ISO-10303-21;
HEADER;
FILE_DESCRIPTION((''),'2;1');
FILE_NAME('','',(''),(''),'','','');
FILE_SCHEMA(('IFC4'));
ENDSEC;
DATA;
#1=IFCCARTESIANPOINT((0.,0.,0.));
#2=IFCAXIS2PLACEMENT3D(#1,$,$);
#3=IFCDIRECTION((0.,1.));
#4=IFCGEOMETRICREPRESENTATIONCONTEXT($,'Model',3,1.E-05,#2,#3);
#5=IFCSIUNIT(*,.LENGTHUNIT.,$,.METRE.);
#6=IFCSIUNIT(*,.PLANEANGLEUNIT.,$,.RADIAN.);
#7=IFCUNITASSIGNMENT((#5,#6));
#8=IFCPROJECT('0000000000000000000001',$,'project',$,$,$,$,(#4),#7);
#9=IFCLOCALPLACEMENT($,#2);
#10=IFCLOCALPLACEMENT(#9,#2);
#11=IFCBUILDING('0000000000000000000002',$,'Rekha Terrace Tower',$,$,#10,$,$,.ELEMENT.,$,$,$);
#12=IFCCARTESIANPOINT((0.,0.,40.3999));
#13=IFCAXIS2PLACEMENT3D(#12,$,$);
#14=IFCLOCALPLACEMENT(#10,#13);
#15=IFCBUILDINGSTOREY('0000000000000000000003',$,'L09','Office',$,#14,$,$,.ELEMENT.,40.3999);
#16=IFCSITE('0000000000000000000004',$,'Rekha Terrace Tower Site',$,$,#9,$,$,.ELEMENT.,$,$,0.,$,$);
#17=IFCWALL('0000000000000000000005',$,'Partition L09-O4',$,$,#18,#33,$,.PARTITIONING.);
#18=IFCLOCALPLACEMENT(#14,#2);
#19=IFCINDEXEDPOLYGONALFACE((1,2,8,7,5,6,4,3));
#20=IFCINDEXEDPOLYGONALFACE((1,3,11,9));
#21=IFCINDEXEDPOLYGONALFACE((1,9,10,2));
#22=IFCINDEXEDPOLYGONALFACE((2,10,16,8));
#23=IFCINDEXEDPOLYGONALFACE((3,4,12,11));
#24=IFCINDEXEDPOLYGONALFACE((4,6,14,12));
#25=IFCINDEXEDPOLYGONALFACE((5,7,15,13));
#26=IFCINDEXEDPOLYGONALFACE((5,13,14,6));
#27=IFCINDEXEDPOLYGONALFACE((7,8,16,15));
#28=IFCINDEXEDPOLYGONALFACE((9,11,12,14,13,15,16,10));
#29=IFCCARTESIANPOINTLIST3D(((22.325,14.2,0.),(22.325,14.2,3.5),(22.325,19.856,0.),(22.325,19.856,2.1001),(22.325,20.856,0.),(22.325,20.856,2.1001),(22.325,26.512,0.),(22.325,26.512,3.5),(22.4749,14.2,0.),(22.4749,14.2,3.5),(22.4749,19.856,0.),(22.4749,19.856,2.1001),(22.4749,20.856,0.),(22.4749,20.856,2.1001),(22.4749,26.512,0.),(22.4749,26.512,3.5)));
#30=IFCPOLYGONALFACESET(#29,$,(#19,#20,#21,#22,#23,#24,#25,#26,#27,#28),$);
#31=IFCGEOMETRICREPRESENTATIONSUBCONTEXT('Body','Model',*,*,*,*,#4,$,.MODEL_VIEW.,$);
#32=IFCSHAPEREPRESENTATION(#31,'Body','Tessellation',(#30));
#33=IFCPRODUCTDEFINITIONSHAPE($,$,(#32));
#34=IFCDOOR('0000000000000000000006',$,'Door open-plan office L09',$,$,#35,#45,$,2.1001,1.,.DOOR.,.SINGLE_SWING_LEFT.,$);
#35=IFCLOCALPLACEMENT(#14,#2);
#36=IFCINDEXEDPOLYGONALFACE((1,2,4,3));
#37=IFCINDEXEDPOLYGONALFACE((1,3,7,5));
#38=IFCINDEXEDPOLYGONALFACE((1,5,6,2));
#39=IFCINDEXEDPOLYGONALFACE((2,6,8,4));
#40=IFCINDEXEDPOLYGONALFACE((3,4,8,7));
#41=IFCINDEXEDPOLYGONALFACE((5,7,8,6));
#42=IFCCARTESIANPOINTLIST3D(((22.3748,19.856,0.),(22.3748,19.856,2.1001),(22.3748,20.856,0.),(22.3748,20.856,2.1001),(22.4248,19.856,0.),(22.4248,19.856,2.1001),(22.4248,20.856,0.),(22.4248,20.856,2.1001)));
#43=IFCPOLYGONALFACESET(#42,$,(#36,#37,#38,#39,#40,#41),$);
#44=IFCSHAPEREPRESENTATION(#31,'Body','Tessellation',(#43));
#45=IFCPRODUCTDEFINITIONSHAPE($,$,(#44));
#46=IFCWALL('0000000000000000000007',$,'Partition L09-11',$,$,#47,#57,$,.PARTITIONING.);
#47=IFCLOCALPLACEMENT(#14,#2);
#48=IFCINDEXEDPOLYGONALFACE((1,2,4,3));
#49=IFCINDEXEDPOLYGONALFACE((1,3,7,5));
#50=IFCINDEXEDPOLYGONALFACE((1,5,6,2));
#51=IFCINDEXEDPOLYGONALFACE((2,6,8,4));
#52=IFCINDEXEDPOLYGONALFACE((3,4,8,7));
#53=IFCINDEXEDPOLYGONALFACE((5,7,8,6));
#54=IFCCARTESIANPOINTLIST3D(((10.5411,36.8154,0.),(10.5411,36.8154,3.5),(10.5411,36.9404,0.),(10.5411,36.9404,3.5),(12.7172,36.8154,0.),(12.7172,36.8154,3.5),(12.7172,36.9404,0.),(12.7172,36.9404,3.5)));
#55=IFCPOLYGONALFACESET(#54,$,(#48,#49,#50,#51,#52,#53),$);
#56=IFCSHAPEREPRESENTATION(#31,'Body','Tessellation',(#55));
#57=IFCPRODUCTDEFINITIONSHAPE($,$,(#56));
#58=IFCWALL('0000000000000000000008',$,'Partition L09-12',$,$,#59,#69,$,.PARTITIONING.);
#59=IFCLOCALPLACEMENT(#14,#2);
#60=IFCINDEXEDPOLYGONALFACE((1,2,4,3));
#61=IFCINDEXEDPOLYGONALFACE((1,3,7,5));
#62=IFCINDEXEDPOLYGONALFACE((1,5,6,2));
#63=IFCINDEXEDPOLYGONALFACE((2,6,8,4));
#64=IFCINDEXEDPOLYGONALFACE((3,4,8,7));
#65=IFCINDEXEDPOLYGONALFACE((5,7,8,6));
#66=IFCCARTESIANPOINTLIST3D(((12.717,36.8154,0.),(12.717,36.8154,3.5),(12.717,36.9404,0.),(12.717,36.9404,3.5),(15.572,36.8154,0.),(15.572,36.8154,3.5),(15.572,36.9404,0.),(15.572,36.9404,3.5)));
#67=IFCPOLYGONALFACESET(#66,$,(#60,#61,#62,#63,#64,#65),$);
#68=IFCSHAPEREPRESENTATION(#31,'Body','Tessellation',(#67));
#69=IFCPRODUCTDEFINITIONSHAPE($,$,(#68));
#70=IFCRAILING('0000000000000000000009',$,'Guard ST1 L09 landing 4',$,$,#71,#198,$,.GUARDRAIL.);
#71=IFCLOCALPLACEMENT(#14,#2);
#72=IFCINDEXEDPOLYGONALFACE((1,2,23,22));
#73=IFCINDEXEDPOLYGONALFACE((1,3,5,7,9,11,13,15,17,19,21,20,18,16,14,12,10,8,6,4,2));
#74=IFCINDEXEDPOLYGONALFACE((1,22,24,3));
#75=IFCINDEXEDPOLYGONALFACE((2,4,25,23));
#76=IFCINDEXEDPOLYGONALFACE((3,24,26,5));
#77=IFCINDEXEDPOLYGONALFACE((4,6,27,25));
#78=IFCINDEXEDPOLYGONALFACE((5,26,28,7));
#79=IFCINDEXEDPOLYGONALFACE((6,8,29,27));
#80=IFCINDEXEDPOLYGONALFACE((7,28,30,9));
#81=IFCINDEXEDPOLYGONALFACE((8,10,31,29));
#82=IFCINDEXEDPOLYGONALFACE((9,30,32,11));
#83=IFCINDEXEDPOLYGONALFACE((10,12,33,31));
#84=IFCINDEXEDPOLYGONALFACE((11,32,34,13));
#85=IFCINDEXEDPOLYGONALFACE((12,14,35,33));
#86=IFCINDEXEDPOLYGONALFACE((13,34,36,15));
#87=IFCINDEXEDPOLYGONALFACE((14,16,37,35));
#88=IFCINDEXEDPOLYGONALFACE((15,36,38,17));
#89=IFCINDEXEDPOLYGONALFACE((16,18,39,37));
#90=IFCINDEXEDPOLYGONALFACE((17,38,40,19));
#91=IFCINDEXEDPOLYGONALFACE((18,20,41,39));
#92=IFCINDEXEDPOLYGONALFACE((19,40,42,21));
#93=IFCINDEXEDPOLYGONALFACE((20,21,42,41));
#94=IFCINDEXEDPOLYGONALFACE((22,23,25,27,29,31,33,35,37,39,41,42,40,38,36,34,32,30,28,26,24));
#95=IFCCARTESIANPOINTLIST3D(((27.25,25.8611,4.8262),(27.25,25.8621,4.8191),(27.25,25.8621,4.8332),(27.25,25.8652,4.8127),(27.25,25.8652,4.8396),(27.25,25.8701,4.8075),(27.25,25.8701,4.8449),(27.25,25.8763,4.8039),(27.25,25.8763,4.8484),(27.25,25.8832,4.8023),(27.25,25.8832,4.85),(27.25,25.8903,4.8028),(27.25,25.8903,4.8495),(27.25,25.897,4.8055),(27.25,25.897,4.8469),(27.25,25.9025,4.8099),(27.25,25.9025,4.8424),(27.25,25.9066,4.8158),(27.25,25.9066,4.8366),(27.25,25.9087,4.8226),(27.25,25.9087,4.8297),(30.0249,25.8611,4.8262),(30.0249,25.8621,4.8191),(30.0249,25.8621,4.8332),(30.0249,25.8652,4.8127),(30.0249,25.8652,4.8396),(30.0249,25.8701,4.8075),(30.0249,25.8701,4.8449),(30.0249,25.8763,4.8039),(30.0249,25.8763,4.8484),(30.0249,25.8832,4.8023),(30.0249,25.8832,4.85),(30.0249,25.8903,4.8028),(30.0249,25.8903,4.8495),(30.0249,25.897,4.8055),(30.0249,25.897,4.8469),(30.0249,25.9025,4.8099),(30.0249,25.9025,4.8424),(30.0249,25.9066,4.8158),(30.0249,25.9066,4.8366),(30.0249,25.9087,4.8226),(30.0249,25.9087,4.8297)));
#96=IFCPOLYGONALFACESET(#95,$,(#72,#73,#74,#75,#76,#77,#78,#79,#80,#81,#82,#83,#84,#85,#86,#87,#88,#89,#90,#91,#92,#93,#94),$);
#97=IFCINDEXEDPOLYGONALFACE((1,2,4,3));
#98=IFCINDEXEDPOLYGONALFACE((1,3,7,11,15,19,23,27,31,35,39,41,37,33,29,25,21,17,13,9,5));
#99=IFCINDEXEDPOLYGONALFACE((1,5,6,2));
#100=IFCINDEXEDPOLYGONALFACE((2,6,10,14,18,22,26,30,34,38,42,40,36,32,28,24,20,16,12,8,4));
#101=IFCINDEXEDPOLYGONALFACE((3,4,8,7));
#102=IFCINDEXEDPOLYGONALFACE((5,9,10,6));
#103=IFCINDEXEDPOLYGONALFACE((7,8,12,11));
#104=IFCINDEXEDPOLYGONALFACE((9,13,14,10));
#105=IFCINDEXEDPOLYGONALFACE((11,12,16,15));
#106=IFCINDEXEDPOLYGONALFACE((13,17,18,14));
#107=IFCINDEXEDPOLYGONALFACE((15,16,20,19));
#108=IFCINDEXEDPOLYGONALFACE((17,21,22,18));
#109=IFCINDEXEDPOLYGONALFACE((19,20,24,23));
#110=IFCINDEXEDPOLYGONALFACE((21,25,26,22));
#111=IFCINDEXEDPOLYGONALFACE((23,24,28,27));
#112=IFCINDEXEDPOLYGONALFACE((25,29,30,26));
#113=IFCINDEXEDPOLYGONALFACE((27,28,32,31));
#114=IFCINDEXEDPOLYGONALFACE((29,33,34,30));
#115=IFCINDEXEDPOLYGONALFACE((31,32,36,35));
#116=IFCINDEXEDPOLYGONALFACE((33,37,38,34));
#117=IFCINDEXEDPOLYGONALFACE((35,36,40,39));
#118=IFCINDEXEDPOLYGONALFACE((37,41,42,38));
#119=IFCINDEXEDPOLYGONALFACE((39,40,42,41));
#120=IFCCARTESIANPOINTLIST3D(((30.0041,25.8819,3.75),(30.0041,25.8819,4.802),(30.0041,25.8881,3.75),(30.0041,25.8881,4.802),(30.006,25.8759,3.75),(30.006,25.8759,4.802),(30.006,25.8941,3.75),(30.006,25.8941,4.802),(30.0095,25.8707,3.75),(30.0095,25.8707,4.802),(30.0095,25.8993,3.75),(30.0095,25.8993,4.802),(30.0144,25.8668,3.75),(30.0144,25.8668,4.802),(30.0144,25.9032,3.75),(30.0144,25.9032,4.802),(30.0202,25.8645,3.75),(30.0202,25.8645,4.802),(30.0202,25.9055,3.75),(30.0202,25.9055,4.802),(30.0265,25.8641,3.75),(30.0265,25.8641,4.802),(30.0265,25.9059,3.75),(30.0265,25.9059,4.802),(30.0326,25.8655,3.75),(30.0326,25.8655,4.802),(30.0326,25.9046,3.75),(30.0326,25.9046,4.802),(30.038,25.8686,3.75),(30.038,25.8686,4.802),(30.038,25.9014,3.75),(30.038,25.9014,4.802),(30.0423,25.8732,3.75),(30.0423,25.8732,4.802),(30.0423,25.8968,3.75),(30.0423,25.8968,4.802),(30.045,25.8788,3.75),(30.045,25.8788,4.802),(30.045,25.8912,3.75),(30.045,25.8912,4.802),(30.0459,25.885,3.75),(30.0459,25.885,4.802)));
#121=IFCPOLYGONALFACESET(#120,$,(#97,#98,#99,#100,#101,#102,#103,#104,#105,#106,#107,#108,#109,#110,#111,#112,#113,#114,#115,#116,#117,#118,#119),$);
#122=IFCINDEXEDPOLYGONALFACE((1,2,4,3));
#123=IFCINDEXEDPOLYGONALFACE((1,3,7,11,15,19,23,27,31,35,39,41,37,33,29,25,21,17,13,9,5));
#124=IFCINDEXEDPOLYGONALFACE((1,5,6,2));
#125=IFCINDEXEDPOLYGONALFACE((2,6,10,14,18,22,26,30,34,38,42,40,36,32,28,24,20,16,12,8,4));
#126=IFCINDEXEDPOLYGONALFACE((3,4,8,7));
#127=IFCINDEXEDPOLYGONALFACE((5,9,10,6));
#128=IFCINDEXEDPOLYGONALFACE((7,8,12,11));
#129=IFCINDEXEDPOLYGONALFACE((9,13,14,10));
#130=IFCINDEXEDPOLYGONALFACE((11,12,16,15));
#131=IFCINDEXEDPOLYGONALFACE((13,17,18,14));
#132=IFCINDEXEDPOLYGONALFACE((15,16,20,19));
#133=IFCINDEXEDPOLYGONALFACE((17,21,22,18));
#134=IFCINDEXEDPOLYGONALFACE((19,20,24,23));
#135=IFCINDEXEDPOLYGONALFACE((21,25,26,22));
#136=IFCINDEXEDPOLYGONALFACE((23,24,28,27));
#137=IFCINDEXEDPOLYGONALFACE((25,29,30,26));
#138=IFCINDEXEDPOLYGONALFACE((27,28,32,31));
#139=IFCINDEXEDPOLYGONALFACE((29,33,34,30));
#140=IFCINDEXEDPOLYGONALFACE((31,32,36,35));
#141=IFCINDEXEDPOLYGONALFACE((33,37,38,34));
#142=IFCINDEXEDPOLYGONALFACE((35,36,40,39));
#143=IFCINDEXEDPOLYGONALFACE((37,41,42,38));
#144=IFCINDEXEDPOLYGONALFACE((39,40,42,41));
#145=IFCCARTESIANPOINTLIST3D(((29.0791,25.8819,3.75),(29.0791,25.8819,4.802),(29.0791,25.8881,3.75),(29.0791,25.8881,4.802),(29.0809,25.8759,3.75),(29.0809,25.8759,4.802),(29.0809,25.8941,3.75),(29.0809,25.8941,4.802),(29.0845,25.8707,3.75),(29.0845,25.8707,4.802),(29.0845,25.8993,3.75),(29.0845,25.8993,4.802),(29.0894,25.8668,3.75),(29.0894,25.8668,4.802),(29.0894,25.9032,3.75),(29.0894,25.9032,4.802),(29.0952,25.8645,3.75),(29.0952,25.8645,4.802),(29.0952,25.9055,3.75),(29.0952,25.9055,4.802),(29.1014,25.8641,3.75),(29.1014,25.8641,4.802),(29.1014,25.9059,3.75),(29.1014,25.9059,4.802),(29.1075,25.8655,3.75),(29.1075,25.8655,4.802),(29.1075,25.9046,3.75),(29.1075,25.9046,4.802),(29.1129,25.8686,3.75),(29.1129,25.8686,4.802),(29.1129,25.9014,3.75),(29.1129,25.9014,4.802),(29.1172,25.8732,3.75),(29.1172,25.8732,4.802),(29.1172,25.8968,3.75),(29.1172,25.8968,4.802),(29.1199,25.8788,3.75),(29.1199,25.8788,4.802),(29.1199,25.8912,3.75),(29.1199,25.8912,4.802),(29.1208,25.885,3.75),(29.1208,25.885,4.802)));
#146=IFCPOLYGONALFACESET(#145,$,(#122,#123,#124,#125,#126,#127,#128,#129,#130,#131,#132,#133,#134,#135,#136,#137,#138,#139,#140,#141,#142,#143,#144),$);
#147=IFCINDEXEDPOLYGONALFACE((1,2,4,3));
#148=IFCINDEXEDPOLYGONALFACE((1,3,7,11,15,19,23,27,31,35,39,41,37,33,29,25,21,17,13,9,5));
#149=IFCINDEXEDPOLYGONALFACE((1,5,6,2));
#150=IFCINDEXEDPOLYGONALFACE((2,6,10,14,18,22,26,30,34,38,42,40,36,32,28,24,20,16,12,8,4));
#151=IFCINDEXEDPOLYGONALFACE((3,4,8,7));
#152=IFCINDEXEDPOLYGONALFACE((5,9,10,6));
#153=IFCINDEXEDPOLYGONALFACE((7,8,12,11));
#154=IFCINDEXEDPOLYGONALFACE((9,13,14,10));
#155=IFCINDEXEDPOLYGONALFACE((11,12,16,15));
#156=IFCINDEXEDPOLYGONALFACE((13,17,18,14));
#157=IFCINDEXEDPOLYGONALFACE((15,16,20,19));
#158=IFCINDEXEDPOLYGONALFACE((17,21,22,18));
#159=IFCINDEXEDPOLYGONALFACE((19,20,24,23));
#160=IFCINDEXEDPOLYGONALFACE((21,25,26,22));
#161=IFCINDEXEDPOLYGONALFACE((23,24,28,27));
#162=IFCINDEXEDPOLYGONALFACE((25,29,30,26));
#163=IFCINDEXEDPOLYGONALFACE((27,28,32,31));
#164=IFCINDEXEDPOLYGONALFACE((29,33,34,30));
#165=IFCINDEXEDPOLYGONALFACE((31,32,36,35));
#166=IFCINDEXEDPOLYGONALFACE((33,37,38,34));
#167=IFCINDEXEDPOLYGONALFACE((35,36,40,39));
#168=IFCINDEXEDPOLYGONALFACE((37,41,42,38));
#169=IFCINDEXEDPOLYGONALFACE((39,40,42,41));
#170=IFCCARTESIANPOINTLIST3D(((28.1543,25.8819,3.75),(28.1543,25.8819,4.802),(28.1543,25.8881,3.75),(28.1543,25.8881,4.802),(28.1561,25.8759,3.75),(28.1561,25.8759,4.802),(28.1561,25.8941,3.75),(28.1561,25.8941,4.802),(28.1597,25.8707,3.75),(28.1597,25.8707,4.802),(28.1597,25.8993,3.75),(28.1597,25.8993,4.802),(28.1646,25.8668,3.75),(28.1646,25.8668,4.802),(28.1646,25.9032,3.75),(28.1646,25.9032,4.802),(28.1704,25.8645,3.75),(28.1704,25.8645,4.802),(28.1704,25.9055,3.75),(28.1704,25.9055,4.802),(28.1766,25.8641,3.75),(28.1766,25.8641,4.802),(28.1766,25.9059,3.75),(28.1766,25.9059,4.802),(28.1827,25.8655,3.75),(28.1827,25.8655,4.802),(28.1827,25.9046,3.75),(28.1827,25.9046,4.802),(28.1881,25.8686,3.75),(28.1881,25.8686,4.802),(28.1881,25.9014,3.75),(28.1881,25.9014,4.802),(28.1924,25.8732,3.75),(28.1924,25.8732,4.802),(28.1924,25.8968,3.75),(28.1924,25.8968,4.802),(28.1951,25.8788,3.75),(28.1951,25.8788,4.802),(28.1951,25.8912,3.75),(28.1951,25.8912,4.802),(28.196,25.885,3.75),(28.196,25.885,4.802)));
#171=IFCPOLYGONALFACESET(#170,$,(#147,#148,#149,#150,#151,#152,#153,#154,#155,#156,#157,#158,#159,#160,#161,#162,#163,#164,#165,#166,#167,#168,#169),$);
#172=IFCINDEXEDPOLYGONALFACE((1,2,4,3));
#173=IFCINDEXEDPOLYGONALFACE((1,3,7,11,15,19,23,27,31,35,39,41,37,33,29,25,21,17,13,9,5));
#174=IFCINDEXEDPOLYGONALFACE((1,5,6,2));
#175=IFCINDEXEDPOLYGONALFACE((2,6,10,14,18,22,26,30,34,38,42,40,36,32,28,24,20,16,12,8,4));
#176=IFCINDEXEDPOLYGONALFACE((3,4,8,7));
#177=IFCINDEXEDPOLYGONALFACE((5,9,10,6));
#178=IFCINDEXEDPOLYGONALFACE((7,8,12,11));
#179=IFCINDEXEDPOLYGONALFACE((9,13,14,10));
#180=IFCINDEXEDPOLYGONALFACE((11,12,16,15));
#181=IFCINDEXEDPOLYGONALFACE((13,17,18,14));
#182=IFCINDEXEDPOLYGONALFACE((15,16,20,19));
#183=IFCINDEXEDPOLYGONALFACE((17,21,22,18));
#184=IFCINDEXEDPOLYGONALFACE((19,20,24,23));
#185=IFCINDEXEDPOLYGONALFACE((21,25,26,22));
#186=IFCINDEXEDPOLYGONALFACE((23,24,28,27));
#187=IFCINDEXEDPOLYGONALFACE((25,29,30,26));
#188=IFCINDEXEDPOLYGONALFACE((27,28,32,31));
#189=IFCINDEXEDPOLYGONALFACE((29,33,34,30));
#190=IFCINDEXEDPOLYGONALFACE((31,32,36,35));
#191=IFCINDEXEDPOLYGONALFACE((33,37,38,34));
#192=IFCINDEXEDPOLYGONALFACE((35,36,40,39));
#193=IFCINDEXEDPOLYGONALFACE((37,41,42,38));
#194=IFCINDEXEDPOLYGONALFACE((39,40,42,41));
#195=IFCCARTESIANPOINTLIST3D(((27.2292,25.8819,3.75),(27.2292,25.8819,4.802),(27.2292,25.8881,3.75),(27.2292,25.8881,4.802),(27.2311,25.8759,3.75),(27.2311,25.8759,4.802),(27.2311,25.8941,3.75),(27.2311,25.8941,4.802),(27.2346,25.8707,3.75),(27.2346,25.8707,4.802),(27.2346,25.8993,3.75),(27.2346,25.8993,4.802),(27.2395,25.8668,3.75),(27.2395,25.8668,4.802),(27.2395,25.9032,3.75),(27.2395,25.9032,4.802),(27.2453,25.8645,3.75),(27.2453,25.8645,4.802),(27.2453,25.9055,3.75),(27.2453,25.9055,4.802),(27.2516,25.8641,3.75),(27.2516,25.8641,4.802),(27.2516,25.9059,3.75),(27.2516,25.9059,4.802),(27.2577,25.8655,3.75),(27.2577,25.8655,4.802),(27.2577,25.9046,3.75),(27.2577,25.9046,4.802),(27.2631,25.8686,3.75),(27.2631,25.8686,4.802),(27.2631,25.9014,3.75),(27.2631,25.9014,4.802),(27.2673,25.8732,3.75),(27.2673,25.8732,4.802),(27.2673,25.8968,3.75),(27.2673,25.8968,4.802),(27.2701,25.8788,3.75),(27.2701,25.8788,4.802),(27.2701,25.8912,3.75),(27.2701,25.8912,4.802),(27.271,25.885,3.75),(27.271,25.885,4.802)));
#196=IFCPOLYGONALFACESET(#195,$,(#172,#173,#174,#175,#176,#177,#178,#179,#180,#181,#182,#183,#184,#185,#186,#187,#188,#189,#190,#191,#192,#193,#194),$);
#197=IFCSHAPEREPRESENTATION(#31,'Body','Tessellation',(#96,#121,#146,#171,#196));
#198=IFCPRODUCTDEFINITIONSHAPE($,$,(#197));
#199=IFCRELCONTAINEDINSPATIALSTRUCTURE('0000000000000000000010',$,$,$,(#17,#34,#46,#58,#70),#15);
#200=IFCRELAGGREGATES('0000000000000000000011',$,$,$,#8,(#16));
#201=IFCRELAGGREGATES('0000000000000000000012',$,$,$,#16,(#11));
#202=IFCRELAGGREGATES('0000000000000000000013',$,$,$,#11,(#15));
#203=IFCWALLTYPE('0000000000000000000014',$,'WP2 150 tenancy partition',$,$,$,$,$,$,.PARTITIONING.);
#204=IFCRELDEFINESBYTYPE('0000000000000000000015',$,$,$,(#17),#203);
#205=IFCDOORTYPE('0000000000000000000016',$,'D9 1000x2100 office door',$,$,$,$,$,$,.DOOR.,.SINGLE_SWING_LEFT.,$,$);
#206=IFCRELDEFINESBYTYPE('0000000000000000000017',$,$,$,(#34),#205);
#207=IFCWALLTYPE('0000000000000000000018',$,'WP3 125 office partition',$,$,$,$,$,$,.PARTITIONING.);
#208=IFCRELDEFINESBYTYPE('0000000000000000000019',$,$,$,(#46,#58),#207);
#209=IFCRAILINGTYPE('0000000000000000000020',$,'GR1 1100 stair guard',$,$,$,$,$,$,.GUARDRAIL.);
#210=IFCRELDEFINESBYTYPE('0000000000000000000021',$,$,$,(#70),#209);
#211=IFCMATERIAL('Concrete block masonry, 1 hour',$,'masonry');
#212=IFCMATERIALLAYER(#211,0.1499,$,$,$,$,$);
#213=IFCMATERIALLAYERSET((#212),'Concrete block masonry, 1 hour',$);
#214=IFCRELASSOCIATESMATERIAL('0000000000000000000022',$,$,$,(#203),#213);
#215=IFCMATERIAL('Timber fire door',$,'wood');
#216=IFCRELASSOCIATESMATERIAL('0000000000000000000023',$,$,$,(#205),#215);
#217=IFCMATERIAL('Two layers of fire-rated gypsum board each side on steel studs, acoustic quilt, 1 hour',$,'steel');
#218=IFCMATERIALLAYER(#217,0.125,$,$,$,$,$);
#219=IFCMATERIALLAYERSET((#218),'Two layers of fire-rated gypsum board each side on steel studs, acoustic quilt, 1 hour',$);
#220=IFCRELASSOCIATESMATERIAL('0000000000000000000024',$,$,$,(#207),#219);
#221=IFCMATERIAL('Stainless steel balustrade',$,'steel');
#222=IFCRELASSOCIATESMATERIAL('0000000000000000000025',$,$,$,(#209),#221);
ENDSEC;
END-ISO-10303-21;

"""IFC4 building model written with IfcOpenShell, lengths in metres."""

from ifc_helpers import new_model, si_unit, direction, frame, frame_2d, origin, origin_2d, place, context, subcontext, project, spatial, rectangle, circle, extrude, material, layer, layer_set, type_object, element, fill, save


model = new_model("IFC4")

# Units and contexts
model_context = context("Model", 3, precision=1e-05, world=origin(), true_north=direction((0.0, 1.0)))
body_context = subcontext(model_context, "Body", "Model", "MODEL_VIEW")
ifc_project = project(units=[si_unit("LENGTHUNIT", "METRE"), si_unit("PLANEANGLEUNIT", "RADIAN")], contexts=[model_context])

# Site, building, storey
site_placement = place(None, origin())
site = spatial("IfcSite", under=ifc_project, at=site_placement, Name="Rekha Terrace Tower Site", CompositionType="ELEMENT", RefElevation=0.0)
building_placement = place(site_placement, origin())
building = spatial("IfcBuilding", under=site, at=building_placement, Name="Rekha Terrace Tower", CompositionType="ELEMENT")
storey_placement = place(building_placement, frame((0.0, 0.0, 40.3999)))
storey = spatial("IfcBuildingStorey", under=building, at=storey_placement, Name="L09", Description="Office", CompositionType="ELEMENT", Elevation=40.3999)

# Shared definitions
ifc_material_1 = material(Name="Concrete block masonry, 1 hour", Category="masonry")
ifc_layer_1 = layer(ifc_material_1, 0.1499)
ifc_layer_set_1 = layer_set([ifc_layer_1], Name="Concrete block masonry, 1 hour")
wall_type_1 = type_object("IfcWallType", Name="WP2 150 tenancy partition", PredefinedType="PARTITIONING", material=ifc_layer_set_1)

# Wall, opening, door
wall_1_placement = place(storey_placement, frame((22.3999, 26.512, 0.0), z_axis=(0.0, 0.0, 1.0), x_axis=(0.0, -1.0, 0.0)))
wall_1 = element("IfcWall", 1, at=wall_1_placement, inside=storey, type_object=wall_type_1, Name="Partition L09-O4", PredefinedType="PARTITIONING", context=body_context, shape_type="SweptSolid", body=[
    extrude(rectangle(XDim=12.312, YDim=0.1499, at=frame_2d((6.156, 0.0))), origin(), (0.0, 0.0, 1.0), 3.5),
])
opening_1_placement = place(wall_1_placement, frame((5.656, 0.0, 0.0)))
opening_1 = element("IfcOpeningElement", 2, at=opening_1_placement, cuts=wall_1, PredefinedType="OPENING", context=body_context, shape_type="SweptSolid", body=[
    extrude(rectangle(XDim=1.0, YDim=2.1001, at=frame_2d((0.5, 1.05))), frame((0.0, 0.085, 0.0), z_axis=(0.0, -1.0, 0.0), x_axis=(1.0, 0.0, 0.0)), (0.0, 0.0, 1.0), 0.1699),
])
ifc_material_2 = material(Name="Timber fire door", Category="wood")
door_type_1 = type_object("IfcDoorType", Name="D9 1000x2100 office door", OperationType="SINGLE_SWING_LEFT", PredefinedType="DOOR", material=ifc_material_2)
door_1_placement = place(opening_1_placement, origin())
door_1 = element("IfcDoor", 3, at=door_1_placement, inside=storey, type_object=door_type_1, Name="Door open-plan office L09", OperationType="SINGLE_SWING_LEFT", OverallHeight=2.1001, OverallWidth=1.0, PredefinedType="DOOR", context=body_context, shape_type="SweptSolid", body=[
    extrude(rectangle(XDim=1.0, YDim=2.1001, at=frame_2d((0.5, 1.05))), frame((0.0, 0.0249, 0.0), z_axis=(0.0, -1.0, 0.0), x_axis=(1.0, 0.0, 0.0)), (0.0, 0.0, 1.0), 0.05),
])
fill(opening_1, door_1)

# Walls
ifc_material_3 = material(Name="Two layers of fire-rated gypsum board each side on steel studs, acoustic quilt, 1 hour", Category="steel")
ifc_layer_2 = layer(ifc_material_3, 0.125)
ifc_layer_set_2 = layer_set([ifc_layer_2], Name="Two layers of fire-rated gypsum board each side on steel studs, acoustic quilt, 1 hour")
wall_type_2 = type_object("IfcWallType", Name="WP3 125 office partition", PredefinedType="PARTITIONING", material=ifc_layer_set_2)
wall_2_placement = place(storey_placement, frame((12.717, 36.8779, 0.0), z_axis=(0.0, 0.0, 1.0), x_axis=(-1.0, 0.0, 0.0)))
element("IfcWall", 4, at=wall_2_placement, inside=storey, type_object=wall_type_2, Name="Partition L09-11", PredefinedType="PARTITIONING", context=body_context, shape_type="SweptSolid", body=[
    extrude(rectangle(XDim=2.176, YDim=0.125, at=frame_2d((1.0879, 0.0))), origin(), (0.0, 0.0, 1.0), 3.5),
])
wall_3_placement = place(storey_placement, frame((15.572, 36.8779, 0.0), z_axis=(0.0, 0.0, 1.0), x_axis=(-1.0, 0.0, 0.0)))
element("IfcWall", 5, at=wall_3_placement, inside=storey, type_object=wall_type_2, Name="Partition L09-12", PredefinedType="PARTITIONING", context=body_context, shape_type="SweptSolid", body=[
    extrude(rectangle(XDim=2.855, YDim=0.125, at=frame_2d((1.4275, 0.0))), origin(), (0.0, 0.0, 1.0), 3.5),
])

# Railing
ifc_material_4 = material(Name="Stainless steel balustrade", Category="steel")
railing_type = type_object("IfcRailingType", Name="GR1 1100 stair guard", PredefinedType="GUARDRAIL", material=ifc_material_4)
railing_placement = place(storey_placement, frame((30.0249, 25.885, 3.75)))
element("IfcRailing", 6, at=railing_placement, inside=storey, type_object=railing_type, Name="Guard ST1 L09 landing 4", PredefinedType="GUARDRAIL", context=body_context, shape_type="SweptSolid", body=[
    extrude(circle(Radius=0.0239, at=origin_2d()), frame((0.0, 0.0, 1.0762), z_axis=(-1.0, 0.0, 0.0), x_axis=(0.0, -1.0, 0.0)), (0.0, 0.0, 1.0), 2.7749),
    extrude(circle(Radius=0.021, at=origin_2d()), origin(), (0.0, 0.0, 1.0), 1.052),
    extrude(circle(Radius=0.021, at=origin_2d()), frame((-0.925, 0.0, 0.0)), (0.0, 0.0, 1.0), 1.052),
    extrude(circle(Radius=0.021, at=origin_2d()), frame((-1.8499, 0.0, 0.0)), (0.0, 0.0, 1.0), 1.052),
    extrude(circle(Radius=0.021, at=origin_2d()), frame((-2.7749, 0.0, 0.0)), (0.0, 0.0, 1.0), 1.052),
])

save(model, "model.ifc")
